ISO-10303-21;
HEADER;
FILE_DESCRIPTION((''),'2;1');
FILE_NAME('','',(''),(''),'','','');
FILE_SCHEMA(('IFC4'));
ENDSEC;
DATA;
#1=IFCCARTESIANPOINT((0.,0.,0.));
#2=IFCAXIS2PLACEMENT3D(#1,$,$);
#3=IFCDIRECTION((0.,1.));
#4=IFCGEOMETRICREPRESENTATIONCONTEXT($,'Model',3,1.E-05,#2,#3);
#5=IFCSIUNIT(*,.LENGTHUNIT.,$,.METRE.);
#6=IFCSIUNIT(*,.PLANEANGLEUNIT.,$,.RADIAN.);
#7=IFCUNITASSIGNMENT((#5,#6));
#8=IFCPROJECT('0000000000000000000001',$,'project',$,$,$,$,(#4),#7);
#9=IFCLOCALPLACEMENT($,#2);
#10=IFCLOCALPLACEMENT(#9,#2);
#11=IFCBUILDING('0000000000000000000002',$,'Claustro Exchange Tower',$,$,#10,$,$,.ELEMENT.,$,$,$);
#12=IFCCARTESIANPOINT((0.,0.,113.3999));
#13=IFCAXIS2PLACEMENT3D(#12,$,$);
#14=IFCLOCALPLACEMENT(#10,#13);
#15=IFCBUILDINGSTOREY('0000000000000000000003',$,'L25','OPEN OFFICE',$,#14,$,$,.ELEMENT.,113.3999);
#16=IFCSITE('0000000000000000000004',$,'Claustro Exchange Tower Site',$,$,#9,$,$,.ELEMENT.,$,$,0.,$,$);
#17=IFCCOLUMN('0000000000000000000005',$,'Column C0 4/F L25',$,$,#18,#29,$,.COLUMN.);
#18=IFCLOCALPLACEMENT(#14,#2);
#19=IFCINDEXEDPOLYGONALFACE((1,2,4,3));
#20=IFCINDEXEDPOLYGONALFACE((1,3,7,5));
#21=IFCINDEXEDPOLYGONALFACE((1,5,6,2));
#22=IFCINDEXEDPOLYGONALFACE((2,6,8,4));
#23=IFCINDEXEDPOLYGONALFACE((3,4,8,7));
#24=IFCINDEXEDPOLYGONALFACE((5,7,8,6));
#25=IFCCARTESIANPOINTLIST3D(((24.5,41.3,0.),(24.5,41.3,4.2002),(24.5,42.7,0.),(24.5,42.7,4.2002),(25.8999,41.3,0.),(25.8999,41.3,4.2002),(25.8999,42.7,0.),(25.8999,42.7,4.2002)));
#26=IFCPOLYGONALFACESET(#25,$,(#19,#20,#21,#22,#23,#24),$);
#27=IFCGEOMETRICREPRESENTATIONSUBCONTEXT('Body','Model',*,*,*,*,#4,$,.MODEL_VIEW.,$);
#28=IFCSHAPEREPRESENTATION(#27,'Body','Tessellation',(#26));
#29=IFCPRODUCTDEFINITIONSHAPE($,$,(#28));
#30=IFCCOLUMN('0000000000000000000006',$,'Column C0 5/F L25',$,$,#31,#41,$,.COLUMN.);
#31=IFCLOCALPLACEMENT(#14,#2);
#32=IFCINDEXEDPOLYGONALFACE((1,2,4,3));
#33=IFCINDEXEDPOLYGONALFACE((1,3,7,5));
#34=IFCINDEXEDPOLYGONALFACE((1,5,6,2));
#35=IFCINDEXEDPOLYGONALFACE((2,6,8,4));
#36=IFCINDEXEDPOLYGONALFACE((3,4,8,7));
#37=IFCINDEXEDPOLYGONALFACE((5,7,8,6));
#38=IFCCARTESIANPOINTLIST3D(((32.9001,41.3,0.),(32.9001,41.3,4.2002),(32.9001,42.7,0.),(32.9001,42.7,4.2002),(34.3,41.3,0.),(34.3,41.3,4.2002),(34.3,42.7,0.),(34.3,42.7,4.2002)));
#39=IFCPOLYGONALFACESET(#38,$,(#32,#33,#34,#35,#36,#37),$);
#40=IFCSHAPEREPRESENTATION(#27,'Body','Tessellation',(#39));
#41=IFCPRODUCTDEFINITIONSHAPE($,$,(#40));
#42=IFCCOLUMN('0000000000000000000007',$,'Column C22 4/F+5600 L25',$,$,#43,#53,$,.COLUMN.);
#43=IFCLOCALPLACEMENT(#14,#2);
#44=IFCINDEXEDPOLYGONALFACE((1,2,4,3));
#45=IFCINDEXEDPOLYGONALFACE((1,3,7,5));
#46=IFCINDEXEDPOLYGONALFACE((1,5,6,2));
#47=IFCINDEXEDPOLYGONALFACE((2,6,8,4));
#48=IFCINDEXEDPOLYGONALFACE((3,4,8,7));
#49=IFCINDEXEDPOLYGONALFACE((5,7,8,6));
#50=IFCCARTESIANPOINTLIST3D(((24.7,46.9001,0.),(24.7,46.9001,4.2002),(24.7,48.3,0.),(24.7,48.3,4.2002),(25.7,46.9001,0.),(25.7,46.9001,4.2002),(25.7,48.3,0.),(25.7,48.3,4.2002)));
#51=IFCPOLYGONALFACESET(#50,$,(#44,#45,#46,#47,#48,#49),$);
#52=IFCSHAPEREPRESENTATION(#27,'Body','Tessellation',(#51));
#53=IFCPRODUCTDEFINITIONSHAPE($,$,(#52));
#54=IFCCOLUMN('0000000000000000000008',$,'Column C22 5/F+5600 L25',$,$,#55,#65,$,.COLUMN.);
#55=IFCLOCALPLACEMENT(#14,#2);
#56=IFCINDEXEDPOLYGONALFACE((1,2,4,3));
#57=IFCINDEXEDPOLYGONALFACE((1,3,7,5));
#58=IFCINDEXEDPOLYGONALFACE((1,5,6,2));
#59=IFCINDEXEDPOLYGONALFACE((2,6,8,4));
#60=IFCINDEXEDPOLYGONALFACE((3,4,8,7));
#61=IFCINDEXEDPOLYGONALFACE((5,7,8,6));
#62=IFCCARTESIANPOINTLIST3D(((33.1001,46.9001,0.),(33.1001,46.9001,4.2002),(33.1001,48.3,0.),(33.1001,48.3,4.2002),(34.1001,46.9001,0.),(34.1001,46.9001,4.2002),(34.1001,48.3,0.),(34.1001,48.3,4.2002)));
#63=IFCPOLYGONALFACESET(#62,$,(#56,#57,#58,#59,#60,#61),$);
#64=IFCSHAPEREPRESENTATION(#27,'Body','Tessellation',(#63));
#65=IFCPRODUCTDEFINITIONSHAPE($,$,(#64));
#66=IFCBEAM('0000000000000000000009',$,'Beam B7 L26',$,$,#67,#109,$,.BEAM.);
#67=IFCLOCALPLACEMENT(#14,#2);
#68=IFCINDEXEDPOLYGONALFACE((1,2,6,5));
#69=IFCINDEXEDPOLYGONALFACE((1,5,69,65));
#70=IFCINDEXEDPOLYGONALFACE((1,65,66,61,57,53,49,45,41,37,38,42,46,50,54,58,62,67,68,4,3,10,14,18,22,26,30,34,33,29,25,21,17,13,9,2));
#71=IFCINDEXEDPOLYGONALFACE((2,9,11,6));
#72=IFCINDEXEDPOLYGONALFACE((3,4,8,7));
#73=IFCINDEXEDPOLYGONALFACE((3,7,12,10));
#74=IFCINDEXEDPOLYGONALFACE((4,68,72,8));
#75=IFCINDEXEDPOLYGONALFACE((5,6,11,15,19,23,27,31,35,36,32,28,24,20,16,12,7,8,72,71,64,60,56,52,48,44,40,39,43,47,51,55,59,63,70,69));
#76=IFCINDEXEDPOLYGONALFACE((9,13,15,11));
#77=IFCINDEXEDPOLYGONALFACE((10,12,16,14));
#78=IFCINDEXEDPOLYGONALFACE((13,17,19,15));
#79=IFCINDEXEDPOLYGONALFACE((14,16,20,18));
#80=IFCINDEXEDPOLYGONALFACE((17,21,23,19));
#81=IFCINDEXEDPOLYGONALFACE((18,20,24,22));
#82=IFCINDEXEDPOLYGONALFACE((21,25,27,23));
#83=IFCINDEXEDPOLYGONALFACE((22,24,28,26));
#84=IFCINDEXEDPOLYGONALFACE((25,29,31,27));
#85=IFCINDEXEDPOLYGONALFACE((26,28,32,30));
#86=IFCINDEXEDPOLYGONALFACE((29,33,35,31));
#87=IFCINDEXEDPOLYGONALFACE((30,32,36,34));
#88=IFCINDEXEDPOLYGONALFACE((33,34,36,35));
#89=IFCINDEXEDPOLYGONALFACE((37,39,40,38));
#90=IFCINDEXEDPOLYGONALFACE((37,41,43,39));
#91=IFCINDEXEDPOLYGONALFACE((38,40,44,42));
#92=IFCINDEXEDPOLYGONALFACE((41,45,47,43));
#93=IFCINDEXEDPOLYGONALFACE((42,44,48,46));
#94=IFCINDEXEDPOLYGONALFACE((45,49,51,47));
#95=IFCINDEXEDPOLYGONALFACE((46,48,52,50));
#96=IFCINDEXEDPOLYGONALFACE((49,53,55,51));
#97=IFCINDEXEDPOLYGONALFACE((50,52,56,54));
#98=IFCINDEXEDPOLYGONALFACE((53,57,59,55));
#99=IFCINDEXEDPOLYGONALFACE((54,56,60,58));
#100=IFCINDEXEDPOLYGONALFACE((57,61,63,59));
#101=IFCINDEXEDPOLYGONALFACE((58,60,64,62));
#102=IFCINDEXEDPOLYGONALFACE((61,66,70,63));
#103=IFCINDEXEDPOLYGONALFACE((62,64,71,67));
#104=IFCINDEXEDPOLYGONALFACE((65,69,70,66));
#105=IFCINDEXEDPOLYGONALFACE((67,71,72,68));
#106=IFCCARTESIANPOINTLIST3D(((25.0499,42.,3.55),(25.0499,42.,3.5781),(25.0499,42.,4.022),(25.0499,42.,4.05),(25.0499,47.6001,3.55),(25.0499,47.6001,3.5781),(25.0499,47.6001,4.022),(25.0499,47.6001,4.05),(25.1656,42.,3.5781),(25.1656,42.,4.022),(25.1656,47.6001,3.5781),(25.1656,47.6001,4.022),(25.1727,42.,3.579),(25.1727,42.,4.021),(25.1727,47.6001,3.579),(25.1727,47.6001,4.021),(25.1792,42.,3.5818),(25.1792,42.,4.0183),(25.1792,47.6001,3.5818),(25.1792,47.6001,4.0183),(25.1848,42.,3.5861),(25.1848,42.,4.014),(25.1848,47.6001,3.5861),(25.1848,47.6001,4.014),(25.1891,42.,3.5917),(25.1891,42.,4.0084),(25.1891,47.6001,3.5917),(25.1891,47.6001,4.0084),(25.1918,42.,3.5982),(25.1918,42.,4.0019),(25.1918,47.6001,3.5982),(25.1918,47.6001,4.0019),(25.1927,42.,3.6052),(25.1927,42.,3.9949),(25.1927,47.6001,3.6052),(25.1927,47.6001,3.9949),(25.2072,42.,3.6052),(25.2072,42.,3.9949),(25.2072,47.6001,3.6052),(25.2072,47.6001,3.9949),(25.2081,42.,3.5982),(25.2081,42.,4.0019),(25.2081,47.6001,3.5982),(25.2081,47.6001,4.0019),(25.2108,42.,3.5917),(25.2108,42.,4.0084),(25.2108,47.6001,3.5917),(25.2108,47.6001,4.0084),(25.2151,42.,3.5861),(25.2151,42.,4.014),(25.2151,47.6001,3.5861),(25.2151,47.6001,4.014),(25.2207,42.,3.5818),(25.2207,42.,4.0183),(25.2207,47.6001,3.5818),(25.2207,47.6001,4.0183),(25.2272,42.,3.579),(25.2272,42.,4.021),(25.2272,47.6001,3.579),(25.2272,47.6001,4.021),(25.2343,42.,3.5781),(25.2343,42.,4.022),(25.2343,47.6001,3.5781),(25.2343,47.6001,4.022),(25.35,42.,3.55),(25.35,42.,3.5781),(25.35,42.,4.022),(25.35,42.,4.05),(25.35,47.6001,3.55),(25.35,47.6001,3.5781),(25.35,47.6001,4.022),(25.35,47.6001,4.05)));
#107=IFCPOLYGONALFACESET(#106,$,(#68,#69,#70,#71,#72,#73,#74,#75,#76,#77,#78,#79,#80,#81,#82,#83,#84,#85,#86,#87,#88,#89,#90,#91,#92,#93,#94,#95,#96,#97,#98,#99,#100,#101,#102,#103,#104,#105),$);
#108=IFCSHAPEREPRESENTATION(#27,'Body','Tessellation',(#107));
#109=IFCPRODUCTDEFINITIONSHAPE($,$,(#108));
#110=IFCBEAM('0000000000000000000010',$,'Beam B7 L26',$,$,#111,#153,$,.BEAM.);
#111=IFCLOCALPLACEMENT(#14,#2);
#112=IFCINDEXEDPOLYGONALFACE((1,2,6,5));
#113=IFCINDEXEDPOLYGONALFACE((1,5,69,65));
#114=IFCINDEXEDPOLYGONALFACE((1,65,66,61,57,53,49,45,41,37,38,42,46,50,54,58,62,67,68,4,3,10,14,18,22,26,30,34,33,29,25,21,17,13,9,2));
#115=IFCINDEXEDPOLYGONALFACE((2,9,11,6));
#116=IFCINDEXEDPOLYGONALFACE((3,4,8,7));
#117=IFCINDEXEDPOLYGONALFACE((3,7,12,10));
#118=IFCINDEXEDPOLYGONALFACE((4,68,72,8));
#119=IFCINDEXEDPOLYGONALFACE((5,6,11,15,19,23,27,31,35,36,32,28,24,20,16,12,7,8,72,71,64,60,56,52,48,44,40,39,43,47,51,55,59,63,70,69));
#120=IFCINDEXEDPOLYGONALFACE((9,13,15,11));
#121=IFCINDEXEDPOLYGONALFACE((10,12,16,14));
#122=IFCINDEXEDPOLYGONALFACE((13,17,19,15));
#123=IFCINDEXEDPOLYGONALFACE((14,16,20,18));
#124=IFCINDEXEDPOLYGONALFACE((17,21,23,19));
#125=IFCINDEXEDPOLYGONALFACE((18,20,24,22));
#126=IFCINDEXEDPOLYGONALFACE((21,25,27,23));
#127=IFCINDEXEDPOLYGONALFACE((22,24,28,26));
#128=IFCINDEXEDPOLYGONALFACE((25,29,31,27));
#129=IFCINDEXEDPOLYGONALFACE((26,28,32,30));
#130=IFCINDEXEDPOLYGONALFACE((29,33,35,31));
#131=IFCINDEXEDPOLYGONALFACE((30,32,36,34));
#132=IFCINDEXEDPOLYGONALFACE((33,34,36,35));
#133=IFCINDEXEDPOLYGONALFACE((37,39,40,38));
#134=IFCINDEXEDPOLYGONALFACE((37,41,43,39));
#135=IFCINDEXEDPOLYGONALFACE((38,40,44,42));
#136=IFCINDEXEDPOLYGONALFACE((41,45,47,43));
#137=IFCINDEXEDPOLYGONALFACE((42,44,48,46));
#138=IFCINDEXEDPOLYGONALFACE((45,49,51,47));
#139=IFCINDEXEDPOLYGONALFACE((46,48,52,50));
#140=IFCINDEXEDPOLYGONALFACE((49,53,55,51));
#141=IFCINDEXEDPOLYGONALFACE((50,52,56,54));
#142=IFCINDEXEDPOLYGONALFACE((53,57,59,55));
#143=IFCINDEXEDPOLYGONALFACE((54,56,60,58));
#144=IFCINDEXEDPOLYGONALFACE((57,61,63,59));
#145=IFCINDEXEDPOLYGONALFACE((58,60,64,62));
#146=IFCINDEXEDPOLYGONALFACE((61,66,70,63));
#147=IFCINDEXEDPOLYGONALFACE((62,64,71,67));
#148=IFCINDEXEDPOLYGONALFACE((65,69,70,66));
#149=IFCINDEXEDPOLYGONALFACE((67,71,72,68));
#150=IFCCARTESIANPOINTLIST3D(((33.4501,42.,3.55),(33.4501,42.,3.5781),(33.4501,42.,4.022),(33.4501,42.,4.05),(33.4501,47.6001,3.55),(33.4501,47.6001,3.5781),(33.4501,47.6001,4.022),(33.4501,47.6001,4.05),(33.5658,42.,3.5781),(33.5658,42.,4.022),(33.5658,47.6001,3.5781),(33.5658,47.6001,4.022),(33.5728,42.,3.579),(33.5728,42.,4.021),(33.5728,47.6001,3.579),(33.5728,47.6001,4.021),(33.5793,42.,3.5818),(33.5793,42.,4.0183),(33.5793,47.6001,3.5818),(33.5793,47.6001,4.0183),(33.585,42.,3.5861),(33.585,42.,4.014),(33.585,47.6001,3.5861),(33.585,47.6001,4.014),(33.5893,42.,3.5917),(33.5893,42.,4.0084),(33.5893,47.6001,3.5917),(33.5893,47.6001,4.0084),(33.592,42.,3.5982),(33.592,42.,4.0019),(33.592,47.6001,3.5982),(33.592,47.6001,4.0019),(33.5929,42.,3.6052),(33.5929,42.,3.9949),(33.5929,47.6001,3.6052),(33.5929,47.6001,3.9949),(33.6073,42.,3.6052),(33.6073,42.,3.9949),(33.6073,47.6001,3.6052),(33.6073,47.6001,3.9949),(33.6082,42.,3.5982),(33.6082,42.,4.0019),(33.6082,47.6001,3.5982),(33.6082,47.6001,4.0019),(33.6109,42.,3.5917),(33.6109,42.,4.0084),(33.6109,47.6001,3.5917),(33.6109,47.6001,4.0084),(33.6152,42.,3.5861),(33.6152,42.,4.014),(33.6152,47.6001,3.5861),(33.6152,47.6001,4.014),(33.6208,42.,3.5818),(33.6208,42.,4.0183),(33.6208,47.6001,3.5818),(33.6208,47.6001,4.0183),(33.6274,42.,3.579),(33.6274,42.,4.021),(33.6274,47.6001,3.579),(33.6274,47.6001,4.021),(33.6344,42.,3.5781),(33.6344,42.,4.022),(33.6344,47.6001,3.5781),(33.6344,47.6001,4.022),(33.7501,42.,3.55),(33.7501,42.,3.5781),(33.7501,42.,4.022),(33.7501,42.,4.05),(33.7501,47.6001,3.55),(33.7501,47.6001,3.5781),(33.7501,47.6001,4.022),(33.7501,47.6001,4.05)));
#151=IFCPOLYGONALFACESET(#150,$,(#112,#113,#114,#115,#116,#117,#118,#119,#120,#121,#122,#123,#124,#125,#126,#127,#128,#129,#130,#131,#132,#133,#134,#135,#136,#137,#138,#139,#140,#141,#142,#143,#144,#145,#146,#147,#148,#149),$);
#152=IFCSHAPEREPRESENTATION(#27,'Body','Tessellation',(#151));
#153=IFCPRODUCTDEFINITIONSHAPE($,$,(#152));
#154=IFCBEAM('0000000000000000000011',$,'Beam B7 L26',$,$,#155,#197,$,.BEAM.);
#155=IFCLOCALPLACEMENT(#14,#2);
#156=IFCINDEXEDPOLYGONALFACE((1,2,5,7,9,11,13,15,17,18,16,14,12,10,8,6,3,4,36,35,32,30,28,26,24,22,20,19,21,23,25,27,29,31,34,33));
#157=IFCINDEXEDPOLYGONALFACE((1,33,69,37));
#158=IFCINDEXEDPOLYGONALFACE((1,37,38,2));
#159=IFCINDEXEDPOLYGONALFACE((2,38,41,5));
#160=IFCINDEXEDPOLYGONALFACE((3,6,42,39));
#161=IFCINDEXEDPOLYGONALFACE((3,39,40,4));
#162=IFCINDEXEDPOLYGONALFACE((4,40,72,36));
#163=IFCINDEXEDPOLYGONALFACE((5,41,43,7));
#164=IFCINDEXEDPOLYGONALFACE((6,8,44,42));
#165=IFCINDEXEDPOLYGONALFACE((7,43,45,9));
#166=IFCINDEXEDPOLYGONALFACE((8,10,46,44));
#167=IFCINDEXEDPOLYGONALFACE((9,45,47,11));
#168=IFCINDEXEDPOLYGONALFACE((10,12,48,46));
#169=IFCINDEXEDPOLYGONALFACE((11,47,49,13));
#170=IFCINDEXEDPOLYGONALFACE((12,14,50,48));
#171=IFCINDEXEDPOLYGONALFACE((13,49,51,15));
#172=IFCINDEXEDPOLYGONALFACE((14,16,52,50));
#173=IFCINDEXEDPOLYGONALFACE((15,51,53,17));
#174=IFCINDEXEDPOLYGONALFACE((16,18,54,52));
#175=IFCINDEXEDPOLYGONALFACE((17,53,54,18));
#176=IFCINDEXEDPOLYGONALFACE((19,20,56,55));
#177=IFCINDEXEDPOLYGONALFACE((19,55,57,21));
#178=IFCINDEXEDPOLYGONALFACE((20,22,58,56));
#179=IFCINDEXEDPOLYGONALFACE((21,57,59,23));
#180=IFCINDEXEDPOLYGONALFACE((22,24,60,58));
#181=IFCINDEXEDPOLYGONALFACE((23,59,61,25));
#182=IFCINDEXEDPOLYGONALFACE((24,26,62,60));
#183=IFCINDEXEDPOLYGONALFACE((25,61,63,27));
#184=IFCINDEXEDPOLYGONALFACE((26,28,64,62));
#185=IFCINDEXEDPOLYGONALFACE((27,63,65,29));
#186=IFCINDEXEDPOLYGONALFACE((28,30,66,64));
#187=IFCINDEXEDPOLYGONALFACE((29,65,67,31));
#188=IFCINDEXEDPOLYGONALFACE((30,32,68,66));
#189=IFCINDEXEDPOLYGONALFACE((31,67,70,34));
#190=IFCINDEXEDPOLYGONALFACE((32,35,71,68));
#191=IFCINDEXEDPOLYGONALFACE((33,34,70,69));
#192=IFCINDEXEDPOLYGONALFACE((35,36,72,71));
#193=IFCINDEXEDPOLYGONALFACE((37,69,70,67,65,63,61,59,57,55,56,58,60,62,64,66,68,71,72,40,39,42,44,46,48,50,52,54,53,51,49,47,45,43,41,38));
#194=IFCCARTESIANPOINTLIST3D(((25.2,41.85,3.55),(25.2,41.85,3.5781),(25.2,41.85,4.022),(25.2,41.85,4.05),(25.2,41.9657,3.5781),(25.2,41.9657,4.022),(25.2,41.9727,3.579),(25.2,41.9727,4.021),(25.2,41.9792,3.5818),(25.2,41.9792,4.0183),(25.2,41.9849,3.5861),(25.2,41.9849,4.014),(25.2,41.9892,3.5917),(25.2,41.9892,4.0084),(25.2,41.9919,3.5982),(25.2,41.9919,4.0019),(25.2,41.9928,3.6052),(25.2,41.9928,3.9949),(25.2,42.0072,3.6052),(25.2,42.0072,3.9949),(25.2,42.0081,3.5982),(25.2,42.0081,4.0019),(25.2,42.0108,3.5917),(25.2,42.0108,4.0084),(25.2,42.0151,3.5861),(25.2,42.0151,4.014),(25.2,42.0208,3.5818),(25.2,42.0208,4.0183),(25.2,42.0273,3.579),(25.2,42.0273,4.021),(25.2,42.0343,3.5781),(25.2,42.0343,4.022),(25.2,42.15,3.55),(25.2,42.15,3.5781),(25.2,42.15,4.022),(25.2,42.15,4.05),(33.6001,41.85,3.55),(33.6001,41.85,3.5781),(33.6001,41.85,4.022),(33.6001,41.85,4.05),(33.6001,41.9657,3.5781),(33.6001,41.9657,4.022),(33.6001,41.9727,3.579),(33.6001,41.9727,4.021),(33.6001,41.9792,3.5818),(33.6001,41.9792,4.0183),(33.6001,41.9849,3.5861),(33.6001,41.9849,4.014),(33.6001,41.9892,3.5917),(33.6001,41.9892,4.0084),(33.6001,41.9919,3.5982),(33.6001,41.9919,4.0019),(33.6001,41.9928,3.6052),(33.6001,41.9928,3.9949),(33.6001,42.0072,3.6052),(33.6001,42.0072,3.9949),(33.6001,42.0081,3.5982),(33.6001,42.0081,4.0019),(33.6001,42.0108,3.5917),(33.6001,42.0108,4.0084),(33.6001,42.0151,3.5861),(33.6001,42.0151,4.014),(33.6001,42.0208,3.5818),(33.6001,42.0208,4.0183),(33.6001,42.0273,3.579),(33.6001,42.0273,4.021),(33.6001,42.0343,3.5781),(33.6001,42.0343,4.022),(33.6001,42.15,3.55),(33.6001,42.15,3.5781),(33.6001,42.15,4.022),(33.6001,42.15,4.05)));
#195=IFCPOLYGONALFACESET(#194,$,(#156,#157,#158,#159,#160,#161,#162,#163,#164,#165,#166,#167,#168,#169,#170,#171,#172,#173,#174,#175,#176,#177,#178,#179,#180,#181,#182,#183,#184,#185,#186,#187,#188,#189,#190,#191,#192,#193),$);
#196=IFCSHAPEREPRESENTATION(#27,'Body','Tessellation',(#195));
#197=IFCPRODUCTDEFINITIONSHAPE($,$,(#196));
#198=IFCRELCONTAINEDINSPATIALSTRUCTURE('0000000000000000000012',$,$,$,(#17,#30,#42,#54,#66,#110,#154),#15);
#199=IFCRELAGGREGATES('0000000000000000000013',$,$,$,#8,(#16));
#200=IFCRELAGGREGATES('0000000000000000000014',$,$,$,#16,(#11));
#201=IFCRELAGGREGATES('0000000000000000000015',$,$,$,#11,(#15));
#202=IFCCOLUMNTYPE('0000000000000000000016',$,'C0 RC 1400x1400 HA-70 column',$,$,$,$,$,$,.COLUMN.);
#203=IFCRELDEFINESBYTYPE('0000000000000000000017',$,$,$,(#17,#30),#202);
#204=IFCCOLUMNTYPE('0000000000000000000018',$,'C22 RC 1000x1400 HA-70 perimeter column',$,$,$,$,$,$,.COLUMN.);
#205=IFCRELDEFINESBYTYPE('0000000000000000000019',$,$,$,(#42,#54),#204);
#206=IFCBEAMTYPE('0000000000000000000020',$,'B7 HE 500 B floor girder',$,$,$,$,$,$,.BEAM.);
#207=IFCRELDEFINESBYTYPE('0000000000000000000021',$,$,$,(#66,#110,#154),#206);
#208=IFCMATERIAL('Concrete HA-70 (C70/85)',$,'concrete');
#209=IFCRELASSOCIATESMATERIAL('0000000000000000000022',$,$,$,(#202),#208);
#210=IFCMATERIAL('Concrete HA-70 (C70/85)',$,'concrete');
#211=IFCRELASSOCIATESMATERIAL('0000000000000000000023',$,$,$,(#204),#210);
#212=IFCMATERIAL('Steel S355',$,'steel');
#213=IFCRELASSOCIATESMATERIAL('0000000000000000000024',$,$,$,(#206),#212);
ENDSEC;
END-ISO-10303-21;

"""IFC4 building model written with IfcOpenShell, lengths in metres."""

from ifc_helpers import new_model, si_unit, direction, frame, origin, origin_2d, place, context, subcontext, project, spatial, rectangle, i_section, extrude, material, material_profile, profile_set, type_object, element, save


model = new_model("IFC4")

# Units and contexts
model_context = context("Model", 3, precision=1e-05, world=origin(), true_north=direction((0.0, 1.0)))
body_context = subcontext(model_context, "Body", "Model", "MODEL_VIEW")
ifc_project = project(units=[si_unit("LENGTHUNIT", "METRE"), si_unit("PLANEANGLEUNIT", "RADIAN")], contexts=[model_context])

# Site, building, storey
site_placement = place(None, origin())
site = spatial("IfcSite", under=ifc_project, at=site_placement, Name="Claustro Exchange Tower Site", CompositionType="ELEMENT", RefElevation=0.0)
building_placement = place(site_placement, origin())
building = spatial("IfcBuilding", under=site, at=building_placement, Name="Claustro Exchange Tower", CompositionType="ELEMENT")
storey_placement = place(building_placement, frame((0.0, 0.0, 113.3999)))
storey = spatial("IfcBuildingStorey", under=building, at=storey_placement, Name="L25", Description="OPEN OFFICE", CompositionType="ELEMENT", Elevation=113.3999)

# Columns
ifc_material_1 = material(Name="Concrete HA-70 (C70/85)", Category="concrete")
ifc_material_profile_1 = material_profile(ifc_material_1, rectangle(XDim=1.3999, YDim=1.3999, at=origin_2d()), Name="RC 1400x1400")
ifc_profile_set_1 = profile_set([ifc_material_profile_1], Name="Concrete HA-70 (C70/85)")
column_type_1 = type_object("IfcColumnType", Name="C0 RC 1400x1400 HA-70 column", PredefinedType="COLUMN", material=ifc_profile_set_1)
for number, where, z_axis, x_axis, name in (
    (1, (25.2, 42.0, 0.0), (0.0, 0.0, 1.0), (1.0, 0.0, 0.0), "Column C0 4/F L25"),
    (2, (33.6001, 42.0, 0.0), (0.0, 0.0, 1.0), (1.0, 0.0, 0.0), "Column C0 5/F L25"),
):
    element("IfcColumn", number, at=place(storey_placement, frame(where, z_axis=z_axis, x_axis=x_axis)), inside=storey, type_object=column_type_1, Name=name, PredefinedType="COLUMN", context=body_context, shape_type="SweptSolid", body=[
        extrude(rectangle(XDim=1.3999, YDim=1.3999, at=origin_2d()), origin(), (0.0, 0.0, 1.0), 4.2002),
    ])
ifc_material_2 = material(Name="Concrete HA-70 (C70/85)", Category="concrete")
ifc_material_profile_2 = material_profile(ifc_material_2, rectangle(XDim=1.0, YDim=1.3999, at=origin_2d()), Name="RC 1000x1400")
ifc_profile_set_2 = profile_set([ifc_material_profile_2], Name="Concrete HA-70 (C70/85)")
column_type_2 = type_object("IfcColumnType", Name="C22 RC 1000x1400 HA-70 perimeter column", PredefinedType="COLUMN", material=ifc_profile_set_2)
for number, where, z_axis, x_axis, name in (
    (3, (25.2, 47.6001, 0.0), (0.0, 0.0, 1.0), (1.0, 0.0, 0.0), "Column C22 4/F+5600 L25"),
    (4, (33.6001, 47.6001, 0.0), (0.0, 0.0, 1.0), (1.0, 0.0, 0.0), "Column C22 5/F+5600 L25"),
):
    element("IfcColumn", number, at=place(storey_placement, frame(where, z_axis=z_axis, x_axis=x_axis)), inside=storey, type_object=column_type_2, Name=name, PredefinedType="COLUMN", context=body_context, shape_type="SweptSolid", body=[
        extrude(rectangle(XDim=1.0, YDim=1.3999, at=origin_2d()), origin(), (0.0, 0.0, 1.0), 4.2002),
    ])

# Beams
ifc_material_3 = material(Name="Steel S355", Category="steel")
ifc_material_profile_3 = material_profile(ifc_material_3, i_section(OverallWidth=0.3, OverallDepth=0.5, WebThickness=0.0144, FlangeThickness=0.0281, FilletRadius=0.0271, at=origin_2d()), Name="HE 500 B")
ifc_profile_set_3 = profile_set([ifc_material_profile_3], Name="Steel S355")
beam_type_1 = type_object("IfcBeamType", Name="B7 HE 500 B floor girder", PredefinedType="BEAM", material=ifc_profile_set_3)
for number, where, z_axis, x_axis, name in (
    (5, (25.2, 42.0, 3.8), (0.0, 1.0, 0.0), (-1.0, 0.0, 0.0), "Beam B7 L26"),
    (6, (33.6001, 42.0, 3.8), (0.0, 1.0, 0.0), (-1.0, 0.0, 0.0), "Beam B7 L26"),
):
    element("IfcBeam", number, at=place(storey_placement, frame(where, z_axis=z_axis, x_axis=x_axis)), inside=storey, type_object=beam_type_1, Name=name, PredefinedType="BEAM", context=body_context, shape_type="SweptSolid", body=[
        extrude(i_section(OverallWidth=0.3, OverallDepth=0.5, WebThickness=0.0144, FlangeThickness=0.0281, FilletRadius=0.0271, at=origin_2d()), origin(), (0.0, 0.0, 1.0), 5.6001),
    ])
beam_1_placement = place(storey_placement, frame((25.2, 42.0, 3.8), z_axis=(1.0, 0.0, 0.0), x_axis=(0.0, 1.0, 0.0)))
element("IfcBeam", 7, at=beam_1_placement, inside=storey, type_object=beam_type_1, Name="Beam B7 L26", PredefinedType="BEAM", context=body_context, shape_type="SweptSolid", body=[
    extrude(i_section(OverallWidth=0.3, OverallDepth=0.5, WebThickness=0.0144, FlangeThickness=0.0281, FilletRadius=0.0271, at=origin_2d()), origin(), (0.0, 0.0, 1.0), 8.4001),
])

save(model, "model.ifc")
